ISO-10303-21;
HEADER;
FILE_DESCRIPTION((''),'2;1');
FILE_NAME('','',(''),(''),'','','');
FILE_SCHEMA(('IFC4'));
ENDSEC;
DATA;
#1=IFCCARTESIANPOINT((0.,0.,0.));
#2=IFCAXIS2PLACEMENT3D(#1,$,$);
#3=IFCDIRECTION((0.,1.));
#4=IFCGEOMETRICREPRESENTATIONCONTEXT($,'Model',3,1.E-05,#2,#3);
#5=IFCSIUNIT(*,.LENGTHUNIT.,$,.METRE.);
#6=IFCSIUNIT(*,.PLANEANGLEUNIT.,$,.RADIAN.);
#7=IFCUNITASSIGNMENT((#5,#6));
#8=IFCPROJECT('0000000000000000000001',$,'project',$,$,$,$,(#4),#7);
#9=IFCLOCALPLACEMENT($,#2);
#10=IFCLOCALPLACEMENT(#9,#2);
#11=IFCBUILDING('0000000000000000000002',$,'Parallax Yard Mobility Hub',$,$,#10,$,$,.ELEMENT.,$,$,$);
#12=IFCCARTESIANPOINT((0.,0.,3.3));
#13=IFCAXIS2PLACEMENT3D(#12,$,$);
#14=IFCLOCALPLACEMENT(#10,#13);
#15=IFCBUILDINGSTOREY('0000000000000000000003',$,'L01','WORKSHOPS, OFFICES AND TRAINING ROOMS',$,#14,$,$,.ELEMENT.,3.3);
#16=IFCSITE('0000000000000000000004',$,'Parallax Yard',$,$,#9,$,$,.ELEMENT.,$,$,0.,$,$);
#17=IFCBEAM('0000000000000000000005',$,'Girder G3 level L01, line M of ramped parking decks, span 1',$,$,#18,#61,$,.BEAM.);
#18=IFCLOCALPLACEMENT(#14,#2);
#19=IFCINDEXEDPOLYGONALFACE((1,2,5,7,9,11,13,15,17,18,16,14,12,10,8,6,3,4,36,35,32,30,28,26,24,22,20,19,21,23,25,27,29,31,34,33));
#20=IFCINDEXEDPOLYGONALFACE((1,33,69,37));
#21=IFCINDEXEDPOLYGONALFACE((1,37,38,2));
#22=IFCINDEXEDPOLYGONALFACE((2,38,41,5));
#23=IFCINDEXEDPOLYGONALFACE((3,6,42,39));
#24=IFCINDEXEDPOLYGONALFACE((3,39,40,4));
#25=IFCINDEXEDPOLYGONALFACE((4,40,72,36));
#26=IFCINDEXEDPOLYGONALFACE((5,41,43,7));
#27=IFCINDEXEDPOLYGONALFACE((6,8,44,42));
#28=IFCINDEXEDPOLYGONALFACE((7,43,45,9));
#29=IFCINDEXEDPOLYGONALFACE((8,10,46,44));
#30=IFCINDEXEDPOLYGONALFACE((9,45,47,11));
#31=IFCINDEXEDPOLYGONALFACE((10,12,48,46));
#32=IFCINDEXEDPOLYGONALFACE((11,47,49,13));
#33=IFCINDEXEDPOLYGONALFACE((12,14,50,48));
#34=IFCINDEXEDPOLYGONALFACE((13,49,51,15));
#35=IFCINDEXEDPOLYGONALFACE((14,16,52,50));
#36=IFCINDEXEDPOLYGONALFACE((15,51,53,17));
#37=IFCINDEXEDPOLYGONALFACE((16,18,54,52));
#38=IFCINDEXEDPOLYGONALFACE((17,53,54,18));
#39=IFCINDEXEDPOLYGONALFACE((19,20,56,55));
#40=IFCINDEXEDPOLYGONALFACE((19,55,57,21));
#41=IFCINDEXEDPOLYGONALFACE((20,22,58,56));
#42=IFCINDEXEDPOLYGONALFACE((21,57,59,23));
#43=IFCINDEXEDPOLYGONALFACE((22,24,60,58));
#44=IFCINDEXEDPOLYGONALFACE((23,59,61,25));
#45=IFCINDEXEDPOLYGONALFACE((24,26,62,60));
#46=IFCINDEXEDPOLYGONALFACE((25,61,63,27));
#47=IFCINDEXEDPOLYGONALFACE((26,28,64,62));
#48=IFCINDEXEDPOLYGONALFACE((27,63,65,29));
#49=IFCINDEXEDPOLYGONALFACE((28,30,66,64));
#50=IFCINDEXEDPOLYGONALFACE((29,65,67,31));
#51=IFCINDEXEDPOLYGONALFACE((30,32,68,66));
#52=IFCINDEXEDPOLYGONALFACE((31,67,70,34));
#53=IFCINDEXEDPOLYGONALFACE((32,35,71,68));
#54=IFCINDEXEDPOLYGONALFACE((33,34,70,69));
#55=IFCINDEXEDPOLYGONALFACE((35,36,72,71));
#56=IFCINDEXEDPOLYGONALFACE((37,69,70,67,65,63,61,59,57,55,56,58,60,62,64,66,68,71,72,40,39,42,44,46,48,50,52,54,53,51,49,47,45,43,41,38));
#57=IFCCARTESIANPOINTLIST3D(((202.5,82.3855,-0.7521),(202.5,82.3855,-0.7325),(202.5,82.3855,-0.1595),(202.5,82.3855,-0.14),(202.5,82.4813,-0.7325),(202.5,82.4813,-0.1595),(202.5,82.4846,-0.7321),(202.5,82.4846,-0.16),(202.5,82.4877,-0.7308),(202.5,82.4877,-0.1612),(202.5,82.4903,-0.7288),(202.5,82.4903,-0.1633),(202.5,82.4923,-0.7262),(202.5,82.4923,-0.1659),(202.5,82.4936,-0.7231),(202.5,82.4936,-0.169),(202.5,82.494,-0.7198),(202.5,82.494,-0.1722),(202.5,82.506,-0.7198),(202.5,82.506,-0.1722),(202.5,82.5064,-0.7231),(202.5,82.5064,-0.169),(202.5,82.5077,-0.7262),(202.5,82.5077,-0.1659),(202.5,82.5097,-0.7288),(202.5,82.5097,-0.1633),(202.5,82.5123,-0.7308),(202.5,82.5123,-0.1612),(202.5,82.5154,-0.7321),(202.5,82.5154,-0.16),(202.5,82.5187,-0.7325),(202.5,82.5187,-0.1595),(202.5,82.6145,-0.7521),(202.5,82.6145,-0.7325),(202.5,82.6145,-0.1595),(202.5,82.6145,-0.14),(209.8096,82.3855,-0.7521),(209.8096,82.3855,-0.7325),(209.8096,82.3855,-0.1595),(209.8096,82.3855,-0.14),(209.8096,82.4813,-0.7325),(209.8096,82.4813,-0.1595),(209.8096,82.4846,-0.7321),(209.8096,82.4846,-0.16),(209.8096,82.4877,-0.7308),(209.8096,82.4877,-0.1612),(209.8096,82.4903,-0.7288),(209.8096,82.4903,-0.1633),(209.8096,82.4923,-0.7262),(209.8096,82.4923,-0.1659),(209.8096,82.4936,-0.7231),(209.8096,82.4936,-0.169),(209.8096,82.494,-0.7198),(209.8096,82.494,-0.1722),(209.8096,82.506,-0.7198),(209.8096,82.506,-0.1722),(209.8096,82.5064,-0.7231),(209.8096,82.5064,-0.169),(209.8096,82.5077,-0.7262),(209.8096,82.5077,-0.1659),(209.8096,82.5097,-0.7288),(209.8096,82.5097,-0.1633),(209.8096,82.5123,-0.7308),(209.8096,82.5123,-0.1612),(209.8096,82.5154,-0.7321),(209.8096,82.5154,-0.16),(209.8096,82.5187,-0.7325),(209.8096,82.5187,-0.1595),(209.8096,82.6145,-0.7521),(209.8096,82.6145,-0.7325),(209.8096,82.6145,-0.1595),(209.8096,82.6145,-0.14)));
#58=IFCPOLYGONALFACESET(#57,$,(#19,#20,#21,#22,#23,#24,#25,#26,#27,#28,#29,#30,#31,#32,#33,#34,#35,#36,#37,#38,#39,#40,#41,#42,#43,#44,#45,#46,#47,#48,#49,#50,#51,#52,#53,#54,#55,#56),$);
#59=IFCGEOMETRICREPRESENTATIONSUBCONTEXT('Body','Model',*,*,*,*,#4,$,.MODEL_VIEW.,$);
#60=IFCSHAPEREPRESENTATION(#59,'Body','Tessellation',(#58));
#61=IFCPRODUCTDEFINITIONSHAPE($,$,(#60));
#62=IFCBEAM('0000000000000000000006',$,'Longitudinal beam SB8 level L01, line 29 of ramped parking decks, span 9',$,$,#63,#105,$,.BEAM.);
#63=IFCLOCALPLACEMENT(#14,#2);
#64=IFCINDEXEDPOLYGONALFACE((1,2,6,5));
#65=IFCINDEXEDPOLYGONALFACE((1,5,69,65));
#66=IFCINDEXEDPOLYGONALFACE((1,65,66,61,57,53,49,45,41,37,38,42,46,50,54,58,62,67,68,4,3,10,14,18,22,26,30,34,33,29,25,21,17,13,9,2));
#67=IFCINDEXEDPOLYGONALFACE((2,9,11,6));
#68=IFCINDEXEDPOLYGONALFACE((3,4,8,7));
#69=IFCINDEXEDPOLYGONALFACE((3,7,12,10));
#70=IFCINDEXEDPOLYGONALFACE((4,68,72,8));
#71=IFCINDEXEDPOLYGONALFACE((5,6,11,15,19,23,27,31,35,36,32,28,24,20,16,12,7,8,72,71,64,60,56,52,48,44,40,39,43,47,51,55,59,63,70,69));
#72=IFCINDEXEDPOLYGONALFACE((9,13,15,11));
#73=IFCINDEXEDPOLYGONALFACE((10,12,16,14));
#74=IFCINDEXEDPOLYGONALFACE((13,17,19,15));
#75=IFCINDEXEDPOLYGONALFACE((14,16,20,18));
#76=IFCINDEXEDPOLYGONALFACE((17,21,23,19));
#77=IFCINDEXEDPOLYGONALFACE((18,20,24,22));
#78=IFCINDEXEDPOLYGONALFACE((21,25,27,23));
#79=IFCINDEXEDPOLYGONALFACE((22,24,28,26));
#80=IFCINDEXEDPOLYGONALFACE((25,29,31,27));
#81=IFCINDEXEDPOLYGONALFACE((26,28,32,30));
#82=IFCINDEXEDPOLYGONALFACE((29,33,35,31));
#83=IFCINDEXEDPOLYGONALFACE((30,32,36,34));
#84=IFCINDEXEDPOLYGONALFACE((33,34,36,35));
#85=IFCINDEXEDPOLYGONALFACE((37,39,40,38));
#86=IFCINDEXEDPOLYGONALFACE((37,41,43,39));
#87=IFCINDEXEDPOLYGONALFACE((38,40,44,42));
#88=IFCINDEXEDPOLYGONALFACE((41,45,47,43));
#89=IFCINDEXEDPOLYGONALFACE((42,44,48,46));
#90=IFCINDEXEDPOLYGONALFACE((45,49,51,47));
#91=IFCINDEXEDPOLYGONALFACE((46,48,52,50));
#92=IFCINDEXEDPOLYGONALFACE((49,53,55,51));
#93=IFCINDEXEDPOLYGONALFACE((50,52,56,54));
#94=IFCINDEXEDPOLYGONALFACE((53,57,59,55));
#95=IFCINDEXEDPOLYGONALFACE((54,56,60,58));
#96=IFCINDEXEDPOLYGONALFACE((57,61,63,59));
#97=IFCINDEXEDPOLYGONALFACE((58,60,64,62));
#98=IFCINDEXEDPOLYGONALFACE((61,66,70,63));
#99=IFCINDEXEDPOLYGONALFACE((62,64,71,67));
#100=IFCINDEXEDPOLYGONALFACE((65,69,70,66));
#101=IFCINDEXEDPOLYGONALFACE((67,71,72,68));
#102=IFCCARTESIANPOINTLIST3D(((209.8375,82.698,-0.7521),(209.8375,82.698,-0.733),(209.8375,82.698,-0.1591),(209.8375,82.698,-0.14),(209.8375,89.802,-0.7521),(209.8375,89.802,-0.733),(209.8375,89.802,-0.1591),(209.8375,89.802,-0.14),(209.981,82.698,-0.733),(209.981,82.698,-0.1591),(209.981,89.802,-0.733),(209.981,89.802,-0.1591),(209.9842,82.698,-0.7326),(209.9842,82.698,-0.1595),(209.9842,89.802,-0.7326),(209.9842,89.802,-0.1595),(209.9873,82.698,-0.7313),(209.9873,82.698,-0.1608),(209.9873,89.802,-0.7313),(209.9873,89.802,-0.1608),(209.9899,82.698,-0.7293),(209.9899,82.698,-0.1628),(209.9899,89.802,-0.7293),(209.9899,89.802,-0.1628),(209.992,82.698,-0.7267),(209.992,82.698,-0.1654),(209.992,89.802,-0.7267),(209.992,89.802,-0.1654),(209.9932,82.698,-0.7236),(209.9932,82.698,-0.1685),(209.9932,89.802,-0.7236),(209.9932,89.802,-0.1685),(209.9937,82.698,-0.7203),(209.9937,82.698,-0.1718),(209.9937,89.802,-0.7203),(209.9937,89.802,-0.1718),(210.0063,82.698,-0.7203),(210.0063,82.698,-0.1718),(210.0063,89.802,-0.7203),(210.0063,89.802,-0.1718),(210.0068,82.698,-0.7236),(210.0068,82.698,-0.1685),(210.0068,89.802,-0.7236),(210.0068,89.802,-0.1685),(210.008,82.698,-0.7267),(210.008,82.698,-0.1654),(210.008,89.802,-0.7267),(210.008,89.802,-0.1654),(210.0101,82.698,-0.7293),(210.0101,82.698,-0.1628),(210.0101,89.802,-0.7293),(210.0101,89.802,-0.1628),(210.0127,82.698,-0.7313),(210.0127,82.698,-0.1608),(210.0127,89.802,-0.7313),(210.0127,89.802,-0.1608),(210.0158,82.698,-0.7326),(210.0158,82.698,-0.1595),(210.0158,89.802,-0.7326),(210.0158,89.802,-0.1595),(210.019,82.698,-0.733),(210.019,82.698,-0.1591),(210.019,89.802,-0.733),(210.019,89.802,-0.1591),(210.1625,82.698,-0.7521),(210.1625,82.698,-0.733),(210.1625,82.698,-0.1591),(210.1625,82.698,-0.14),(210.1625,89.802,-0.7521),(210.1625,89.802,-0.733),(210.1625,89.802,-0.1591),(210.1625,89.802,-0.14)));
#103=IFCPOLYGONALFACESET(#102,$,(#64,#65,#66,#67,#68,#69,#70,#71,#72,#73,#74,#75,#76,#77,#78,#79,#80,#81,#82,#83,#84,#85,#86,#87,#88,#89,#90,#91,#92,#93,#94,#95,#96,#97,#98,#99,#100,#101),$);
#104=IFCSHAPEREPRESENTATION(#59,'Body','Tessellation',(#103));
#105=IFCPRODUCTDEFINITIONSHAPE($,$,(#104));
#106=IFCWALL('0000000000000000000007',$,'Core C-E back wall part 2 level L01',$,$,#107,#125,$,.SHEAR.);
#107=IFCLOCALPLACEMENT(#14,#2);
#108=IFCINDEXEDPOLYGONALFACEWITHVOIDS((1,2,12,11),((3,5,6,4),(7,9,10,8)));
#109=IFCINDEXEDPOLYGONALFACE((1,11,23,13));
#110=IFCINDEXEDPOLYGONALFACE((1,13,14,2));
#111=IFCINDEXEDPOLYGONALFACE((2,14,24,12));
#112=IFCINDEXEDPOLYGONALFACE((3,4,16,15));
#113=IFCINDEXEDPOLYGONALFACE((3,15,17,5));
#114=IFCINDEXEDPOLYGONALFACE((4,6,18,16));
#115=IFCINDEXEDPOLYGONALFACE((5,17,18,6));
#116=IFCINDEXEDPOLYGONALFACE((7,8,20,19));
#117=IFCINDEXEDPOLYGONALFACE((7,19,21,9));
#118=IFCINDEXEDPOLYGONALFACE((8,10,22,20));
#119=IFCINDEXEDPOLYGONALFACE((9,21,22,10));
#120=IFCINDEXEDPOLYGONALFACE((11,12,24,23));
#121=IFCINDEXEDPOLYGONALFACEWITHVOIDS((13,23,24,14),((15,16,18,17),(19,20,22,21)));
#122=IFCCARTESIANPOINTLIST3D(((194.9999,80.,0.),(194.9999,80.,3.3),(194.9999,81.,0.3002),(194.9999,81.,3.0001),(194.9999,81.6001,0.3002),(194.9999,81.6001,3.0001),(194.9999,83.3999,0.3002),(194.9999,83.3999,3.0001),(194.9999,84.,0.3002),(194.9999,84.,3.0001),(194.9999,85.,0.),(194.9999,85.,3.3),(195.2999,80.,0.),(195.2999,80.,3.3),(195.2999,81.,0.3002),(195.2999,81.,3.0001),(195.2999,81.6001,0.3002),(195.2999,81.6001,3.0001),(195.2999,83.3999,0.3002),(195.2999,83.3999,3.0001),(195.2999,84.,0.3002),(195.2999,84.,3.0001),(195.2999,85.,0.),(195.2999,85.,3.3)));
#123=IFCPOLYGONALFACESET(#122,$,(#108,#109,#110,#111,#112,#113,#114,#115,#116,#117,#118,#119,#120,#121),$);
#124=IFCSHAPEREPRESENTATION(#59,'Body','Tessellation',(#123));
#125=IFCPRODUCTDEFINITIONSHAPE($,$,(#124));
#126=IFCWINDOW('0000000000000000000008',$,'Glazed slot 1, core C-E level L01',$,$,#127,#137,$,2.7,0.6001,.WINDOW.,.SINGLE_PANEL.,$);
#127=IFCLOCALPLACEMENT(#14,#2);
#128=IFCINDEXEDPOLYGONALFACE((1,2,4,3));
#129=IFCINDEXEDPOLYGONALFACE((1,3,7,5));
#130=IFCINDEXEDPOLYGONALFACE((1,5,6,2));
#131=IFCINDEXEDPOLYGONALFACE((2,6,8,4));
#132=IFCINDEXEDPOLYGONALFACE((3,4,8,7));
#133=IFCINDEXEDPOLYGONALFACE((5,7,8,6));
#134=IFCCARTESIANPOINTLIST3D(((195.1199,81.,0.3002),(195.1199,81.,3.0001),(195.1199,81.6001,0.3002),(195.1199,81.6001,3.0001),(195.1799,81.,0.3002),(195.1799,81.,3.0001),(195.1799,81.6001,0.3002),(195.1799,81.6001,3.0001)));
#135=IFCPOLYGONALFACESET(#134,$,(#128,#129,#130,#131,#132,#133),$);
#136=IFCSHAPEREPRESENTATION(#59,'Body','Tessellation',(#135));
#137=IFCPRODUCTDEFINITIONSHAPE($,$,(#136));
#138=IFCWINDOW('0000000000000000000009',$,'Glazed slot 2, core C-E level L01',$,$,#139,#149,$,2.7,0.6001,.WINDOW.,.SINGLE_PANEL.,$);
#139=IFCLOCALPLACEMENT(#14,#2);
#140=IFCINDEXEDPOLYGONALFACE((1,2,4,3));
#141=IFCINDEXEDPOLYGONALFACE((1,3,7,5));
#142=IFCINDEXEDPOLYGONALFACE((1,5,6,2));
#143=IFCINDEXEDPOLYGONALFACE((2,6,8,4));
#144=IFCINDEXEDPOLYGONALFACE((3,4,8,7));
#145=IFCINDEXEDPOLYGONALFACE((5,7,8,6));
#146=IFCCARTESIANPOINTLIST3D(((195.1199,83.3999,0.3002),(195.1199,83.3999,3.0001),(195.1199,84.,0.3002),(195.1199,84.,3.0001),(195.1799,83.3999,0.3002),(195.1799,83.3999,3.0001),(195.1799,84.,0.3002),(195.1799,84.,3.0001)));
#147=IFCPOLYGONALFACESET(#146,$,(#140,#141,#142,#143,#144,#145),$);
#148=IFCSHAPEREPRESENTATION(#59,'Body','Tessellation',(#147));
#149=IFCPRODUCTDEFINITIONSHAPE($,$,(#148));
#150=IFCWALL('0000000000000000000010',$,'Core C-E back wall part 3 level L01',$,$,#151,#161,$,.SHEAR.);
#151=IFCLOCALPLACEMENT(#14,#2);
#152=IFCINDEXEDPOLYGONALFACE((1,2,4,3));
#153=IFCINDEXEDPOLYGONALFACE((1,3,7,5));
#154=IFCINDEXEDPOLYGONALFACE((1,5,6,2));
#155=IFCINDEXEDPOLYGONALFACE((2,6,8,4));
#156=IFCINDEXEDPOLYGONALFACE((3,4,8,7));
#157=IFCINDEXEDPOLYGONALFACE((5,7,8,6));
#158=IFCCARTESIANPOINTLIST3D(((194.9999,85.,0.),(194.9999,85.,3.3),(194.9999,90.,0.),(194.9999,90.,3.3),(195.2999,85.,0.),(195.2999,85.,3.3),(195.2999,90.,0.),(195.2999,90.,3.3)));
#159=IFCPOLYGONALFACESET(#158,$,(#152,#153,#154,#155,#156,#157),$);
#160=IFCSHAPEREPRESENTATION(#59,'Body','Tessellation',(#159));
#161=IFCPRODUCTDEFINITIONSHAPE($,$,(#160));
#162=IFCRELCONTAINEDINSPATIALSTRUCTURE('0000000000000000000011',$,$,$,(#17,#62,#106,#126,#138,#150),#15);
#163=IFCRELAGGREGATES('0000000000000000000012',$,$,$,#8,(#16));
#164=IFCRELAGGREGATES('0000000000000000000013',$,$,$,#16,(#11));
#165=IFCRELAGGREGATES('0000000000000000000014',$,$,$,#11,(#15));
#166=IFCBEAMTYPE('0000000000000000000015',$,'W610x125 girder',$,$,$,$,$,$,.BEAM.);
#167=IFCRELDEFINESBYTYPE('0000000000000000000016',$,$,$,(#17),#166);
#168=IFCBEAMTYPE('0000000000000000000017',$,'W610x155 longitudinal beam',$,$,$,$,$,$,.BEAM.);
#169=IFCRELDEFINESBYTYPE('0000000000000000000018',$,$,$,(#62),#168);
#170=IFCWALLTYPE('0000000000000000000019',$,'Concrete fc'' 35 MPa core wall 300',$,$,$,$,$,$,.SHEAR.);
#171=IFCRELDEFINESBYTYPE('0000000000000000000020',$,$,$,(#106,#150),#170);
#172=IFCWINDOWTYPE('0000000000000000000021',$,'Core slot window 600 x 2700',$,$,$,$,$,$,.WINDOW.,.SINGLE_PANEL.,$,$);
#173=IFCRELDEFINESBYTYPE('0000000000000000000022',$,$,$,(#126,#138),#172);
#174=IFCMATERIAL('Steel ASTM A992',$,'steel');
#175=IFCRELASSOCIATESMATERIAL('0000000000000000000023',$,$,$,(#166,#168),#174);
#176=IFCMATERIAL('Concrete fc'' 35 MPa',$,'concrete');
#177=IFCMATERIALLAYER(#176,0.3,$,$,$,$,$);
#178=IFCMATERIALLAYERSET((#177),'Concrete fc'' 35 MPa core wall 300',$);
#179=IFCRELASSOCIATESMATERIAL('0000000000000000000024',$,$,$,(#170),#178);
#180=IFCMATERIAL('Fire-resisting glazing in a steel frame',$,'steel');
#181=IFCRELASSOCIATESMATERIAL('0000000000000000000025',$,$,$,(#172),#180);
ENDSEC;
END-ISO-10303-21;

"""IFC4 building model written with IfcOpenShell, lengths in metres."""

from ifc_helpers import new_model, si_unit, direction, frame, frame_2d, origin, origin_2d, place, context, subcontext, project, spatial, rectangle, i_section, extrude, material, layer, layer_set, material_profile, profile_set, type_object, element, fill, save


model = new_model("IFC4")

# Units and contexts
model_context = context("Model", 3, precision=1e-05, world=origin(), true_north=direction((0.0, 1.0)))
body_context = subcontext(model_context, "Body", "Model", "MODEL_VIEW")
ifc_project = project(units=[si_unit("LENGTHUNIT", "METRE"), si_unit("PLANEANGLEUNIT", "RADIAN")], contexts=[model_context])

# Site, building, storey
site_placement = place(None, origin())
site = spatial("IfcSite", under=ifc_project, at=site_placement, Name="Parallax Yard", CompositionType="ELEMENT", RefElevation=0.0)
building_placement = place(site_placement, origin())
building = spatial("IfcBuilding", under=site, at=building_placement, Name="Parallax Yard Mobility Hub", CompositionType="ELEMENT")
storey_placement = place(building_placement, frame((0.0, 0.0, 3.3)))
storey = spatial("IfcBuildingStorey", under=building, at=storey_placement, Name="L01", Description="WORKSHOPS, OFFICES AND TRAINING ROOMS", CompositionType="ELEMENT", Elevation=3.3)

# Shared definitions
ifc_material_1 = material(Name="Steel ASTM A992", Category="steel")

# Beams
ifc_material_profile_1 = material_profile(ifc_material_1, i_section(OverallWidth=0.229, OverallDepth=0.6121, WebThickness=0.012, FlangeThickness=0.0195, FilletRadius=0.0127, at=origin_2d()), Name="W610x125")
ifc_profile_set_1 = profile_set([ifc_material_profile_1], Name="Steel ASTM A992")
beam_type_1 = type_object("IfcBeamType", Name="W610x125 girder", PredefinedType="BEAM", material=ifc_profile_set_1)
beam_1_placement = place(storey_placement, frame((202.5, 82.5, -0.446), z_axis=(1.0, 0.0, 0.0), x_axis=(0.0, 1.0, 0.0)))
element("IfcBeam", 1, at=beam_1_placement, inside=storey, type_object=beam_type_1, Name="Girder G3 level L01, line M of ramped parking decks, span 1", PredefinedType="BEAM", context=body_context, shape_type="SweptSolid", body=[
    extrude(i_section(OverallWidth=0.229, OverallDepth=0.6121, WebThickness=0.012, FlangeThickness=0.0195, FilletRadius=0.0127, at=origin_2d()), origin(), (0.0, 0.0, 1.0), 7.3096),
])
ifc_material_profile_2 = material_profile(ifc_material_1, i_section(OverallWidth=0.325, OverallDepth=0.6121, WebThickness=0.0127, FlangeThickness=0.019, FilletRadius=0.0127, at=origin_2d()), Name="W610x155")
ifc_profile_set_2 = profile_set([ifc_material_profile_2], Name="Steel ASTM A992")
beam_type_2 = type_object("IfcBeamType", Name="W610x155 longitudinal beam", PredefinedType="BEAM", material=ifc_profile_set_2)
beam_2_placement = place(storey_placement, frame((210.0, 82.698, -0.446), z_axis=(0.0, 1.0, 0.0), x_axis=(-1.0, 0.0, 0.0)))
element("IfcBeam", 2, at=beam_2_placement, inside=storey, type_object=beam_type_2, Name="Longitudinal beam SB8 level L01, line 29 of ramped parking decks, span 9", PredefinedType="BEAM", context=body_context, shape_type="SweptSolid", body=[
    extrude(i_section(OverallWidth=0.325, OverallDepth=0.6121, WebThickness=0.0127, FlangeThickness=0.019, FilletRadius=0.0127, at=origin_2d()), origin(), (0.0, 0.0, 1.0), 7.104),
])

# Wall, openings, windows
ifc_material_2 = material(Name="Concrete fc' 35 MPa", Category="concrete")
ifc_layer_1 = layer(ifc_material_2, 0.3)
ifc_layer_set_1 = layer_set([ifc_layer_1], Name="Concrete fc' 35 MPa core wall 300")
wall_type_1 = type_object("IfcWallType", Name="Concrete fc' 35 MPa core wall 300", PredefinedType="SHEAR", material=ifc_layer_set_1)
wall_1_placement = place(storey_placement, frame((195.1499, 80.0, 0.0), z_axis=(0.0, 0.0, 1.0), x_axis=(0.0, 1.0, 0.0)))
wall_1 = element("IfcWall", 3, at=wall_1_placement, inside=storey, type_object=wall_type_1, Name="Core C-E back wall part 2 level L01", PredefinedType="SHEAR", context=body_context, shape_type="SweptSolid", body=[
    extrude(rectangle(XDim=5.0, YDim=0.3, at=frame_2d((2.5, 0.0))), origin(), (0.0, 0.0, 1.0), 3.3),
])
opening_1_placement = place(wall_1_placement, frame((1.0, 0.0, 0.3)))
opening_1 = element("IfcOpeningElement", 4, at=opening_1_placement, cuts=wall_1, PredefinedType="OPENING", context=body_context, shape_type="SweptSolid", body=[
    extrude(rectangle(XDim=0.6001, YDim=2.7, at=frame_2d((0.3, 1.3501))), frame((0.0, 0.1602, 0.0), z_axis=(0.0, -1.0, 0.0), x_axis=(1.0, 0.0, 0.0)), (0.0, 0.0, 1.0), 0.3201),
])
opening_2_placement = place(wall_1_placement, frame((3.3999, 0.0, 0.3)))
opening_2 = element("IfcOpeningElement", 5, at=opening_2_placement, cuts=wall_1, PredefinedType="OPENING", context=body_context, shape_type="SweptSolid", body=[
    extrude(rectangle(XDim=0.6001, YDim=2.7, at=frame_2d((0.3, 1.3501))), frame((0.0, 0.1602, 0.0), z_axis=(0.0, -1.0, 0.0), x_axis=(1.0, 0.0, 0.0)), (0.0, 0.0, 1.0), 0.3201),
])
ifc_material_3 = material(Name="Fire-resisting glazing in a steel frame", Category="steel")
window_type = type_object("IfcWindowType", Name="Core slot window 600 x 2700", PartitioningType="SINGLE_PANEL", PredefinedType="WINDOW", material=ifc_material_3)
window_1_placement = place(opening_1_placement, origin())
window_1 = element("IfcWindow", 6, at=window_1_placement, inside=storey, type_object=window_type, Name="Glazed slot 1, core C-E level L01", OverallHeight=2.7, OverallWidth=0.6001, PartitioningType="SINGLE_PANEL", PredefinedType="WINDOW", context=body_context, shape_type="SweptSolid", body=[
    extrude(rectangle(XDim=0.6001, YDim=2.7, at=frame_2d((0.3, 1.3501))), frame((0.0, 0.03, 0.0), z_axis=(0.0, -1.0, 0.0), x_axis=(1.0, 0.0, 0.0)), (0.0, 0.0, 1.0), 0.0601),
])
fill(opening_1, window_1)
window_2_placement = place(opening_2_placement, origin())
window_2 = element("IfcWindow", 7, at=window_2_placement, inside=storey, type_object=window_type, Name="Glazed slot 2, core C-E level L01", OverallHeight=2.7, OverallWidth=0.6001, PartitioningType="SINGLE_PANEL", PredefinedType="WINDOW", context=body_context, shape_type="SweptSolid", body=[
    extrude(rectangle(XDim=0.6001, YDim=2.7, at=frame_2d((0.3, 1.3501))), frame((0.0, 0.03, 0.0), z_axis=(0.0, -1.0, 0.0), x_axis=(1.0, 0.0, 0.0)), (0.0, 0.0, 1.0), 0.0601),
])
fill(opening_2, window_2)

# Wall
wall_2_placement = place(storey_placement, frame((195.1499, 85.0, 0.0), z_axis=(0.0, 0.0, 1.0), x_axis=(0.0, 1.0, 0.0)))
element("IfcWall", 8, at=wall_2_placement, inside=storey, type_object=wall_type_1, Name="Core C-E back wall part 3 level L01", PredefinedType="SHEAR", context=body_context, shape_type="SweptSolid", body=[
    extrude(rectangle(XDim=5.0, YDim=0.3, at=frame_2d((2.5, 0.0))), origin(), (0.0, 0.0, 1.0), 3.3),
])

save(model, "model.ifc")
